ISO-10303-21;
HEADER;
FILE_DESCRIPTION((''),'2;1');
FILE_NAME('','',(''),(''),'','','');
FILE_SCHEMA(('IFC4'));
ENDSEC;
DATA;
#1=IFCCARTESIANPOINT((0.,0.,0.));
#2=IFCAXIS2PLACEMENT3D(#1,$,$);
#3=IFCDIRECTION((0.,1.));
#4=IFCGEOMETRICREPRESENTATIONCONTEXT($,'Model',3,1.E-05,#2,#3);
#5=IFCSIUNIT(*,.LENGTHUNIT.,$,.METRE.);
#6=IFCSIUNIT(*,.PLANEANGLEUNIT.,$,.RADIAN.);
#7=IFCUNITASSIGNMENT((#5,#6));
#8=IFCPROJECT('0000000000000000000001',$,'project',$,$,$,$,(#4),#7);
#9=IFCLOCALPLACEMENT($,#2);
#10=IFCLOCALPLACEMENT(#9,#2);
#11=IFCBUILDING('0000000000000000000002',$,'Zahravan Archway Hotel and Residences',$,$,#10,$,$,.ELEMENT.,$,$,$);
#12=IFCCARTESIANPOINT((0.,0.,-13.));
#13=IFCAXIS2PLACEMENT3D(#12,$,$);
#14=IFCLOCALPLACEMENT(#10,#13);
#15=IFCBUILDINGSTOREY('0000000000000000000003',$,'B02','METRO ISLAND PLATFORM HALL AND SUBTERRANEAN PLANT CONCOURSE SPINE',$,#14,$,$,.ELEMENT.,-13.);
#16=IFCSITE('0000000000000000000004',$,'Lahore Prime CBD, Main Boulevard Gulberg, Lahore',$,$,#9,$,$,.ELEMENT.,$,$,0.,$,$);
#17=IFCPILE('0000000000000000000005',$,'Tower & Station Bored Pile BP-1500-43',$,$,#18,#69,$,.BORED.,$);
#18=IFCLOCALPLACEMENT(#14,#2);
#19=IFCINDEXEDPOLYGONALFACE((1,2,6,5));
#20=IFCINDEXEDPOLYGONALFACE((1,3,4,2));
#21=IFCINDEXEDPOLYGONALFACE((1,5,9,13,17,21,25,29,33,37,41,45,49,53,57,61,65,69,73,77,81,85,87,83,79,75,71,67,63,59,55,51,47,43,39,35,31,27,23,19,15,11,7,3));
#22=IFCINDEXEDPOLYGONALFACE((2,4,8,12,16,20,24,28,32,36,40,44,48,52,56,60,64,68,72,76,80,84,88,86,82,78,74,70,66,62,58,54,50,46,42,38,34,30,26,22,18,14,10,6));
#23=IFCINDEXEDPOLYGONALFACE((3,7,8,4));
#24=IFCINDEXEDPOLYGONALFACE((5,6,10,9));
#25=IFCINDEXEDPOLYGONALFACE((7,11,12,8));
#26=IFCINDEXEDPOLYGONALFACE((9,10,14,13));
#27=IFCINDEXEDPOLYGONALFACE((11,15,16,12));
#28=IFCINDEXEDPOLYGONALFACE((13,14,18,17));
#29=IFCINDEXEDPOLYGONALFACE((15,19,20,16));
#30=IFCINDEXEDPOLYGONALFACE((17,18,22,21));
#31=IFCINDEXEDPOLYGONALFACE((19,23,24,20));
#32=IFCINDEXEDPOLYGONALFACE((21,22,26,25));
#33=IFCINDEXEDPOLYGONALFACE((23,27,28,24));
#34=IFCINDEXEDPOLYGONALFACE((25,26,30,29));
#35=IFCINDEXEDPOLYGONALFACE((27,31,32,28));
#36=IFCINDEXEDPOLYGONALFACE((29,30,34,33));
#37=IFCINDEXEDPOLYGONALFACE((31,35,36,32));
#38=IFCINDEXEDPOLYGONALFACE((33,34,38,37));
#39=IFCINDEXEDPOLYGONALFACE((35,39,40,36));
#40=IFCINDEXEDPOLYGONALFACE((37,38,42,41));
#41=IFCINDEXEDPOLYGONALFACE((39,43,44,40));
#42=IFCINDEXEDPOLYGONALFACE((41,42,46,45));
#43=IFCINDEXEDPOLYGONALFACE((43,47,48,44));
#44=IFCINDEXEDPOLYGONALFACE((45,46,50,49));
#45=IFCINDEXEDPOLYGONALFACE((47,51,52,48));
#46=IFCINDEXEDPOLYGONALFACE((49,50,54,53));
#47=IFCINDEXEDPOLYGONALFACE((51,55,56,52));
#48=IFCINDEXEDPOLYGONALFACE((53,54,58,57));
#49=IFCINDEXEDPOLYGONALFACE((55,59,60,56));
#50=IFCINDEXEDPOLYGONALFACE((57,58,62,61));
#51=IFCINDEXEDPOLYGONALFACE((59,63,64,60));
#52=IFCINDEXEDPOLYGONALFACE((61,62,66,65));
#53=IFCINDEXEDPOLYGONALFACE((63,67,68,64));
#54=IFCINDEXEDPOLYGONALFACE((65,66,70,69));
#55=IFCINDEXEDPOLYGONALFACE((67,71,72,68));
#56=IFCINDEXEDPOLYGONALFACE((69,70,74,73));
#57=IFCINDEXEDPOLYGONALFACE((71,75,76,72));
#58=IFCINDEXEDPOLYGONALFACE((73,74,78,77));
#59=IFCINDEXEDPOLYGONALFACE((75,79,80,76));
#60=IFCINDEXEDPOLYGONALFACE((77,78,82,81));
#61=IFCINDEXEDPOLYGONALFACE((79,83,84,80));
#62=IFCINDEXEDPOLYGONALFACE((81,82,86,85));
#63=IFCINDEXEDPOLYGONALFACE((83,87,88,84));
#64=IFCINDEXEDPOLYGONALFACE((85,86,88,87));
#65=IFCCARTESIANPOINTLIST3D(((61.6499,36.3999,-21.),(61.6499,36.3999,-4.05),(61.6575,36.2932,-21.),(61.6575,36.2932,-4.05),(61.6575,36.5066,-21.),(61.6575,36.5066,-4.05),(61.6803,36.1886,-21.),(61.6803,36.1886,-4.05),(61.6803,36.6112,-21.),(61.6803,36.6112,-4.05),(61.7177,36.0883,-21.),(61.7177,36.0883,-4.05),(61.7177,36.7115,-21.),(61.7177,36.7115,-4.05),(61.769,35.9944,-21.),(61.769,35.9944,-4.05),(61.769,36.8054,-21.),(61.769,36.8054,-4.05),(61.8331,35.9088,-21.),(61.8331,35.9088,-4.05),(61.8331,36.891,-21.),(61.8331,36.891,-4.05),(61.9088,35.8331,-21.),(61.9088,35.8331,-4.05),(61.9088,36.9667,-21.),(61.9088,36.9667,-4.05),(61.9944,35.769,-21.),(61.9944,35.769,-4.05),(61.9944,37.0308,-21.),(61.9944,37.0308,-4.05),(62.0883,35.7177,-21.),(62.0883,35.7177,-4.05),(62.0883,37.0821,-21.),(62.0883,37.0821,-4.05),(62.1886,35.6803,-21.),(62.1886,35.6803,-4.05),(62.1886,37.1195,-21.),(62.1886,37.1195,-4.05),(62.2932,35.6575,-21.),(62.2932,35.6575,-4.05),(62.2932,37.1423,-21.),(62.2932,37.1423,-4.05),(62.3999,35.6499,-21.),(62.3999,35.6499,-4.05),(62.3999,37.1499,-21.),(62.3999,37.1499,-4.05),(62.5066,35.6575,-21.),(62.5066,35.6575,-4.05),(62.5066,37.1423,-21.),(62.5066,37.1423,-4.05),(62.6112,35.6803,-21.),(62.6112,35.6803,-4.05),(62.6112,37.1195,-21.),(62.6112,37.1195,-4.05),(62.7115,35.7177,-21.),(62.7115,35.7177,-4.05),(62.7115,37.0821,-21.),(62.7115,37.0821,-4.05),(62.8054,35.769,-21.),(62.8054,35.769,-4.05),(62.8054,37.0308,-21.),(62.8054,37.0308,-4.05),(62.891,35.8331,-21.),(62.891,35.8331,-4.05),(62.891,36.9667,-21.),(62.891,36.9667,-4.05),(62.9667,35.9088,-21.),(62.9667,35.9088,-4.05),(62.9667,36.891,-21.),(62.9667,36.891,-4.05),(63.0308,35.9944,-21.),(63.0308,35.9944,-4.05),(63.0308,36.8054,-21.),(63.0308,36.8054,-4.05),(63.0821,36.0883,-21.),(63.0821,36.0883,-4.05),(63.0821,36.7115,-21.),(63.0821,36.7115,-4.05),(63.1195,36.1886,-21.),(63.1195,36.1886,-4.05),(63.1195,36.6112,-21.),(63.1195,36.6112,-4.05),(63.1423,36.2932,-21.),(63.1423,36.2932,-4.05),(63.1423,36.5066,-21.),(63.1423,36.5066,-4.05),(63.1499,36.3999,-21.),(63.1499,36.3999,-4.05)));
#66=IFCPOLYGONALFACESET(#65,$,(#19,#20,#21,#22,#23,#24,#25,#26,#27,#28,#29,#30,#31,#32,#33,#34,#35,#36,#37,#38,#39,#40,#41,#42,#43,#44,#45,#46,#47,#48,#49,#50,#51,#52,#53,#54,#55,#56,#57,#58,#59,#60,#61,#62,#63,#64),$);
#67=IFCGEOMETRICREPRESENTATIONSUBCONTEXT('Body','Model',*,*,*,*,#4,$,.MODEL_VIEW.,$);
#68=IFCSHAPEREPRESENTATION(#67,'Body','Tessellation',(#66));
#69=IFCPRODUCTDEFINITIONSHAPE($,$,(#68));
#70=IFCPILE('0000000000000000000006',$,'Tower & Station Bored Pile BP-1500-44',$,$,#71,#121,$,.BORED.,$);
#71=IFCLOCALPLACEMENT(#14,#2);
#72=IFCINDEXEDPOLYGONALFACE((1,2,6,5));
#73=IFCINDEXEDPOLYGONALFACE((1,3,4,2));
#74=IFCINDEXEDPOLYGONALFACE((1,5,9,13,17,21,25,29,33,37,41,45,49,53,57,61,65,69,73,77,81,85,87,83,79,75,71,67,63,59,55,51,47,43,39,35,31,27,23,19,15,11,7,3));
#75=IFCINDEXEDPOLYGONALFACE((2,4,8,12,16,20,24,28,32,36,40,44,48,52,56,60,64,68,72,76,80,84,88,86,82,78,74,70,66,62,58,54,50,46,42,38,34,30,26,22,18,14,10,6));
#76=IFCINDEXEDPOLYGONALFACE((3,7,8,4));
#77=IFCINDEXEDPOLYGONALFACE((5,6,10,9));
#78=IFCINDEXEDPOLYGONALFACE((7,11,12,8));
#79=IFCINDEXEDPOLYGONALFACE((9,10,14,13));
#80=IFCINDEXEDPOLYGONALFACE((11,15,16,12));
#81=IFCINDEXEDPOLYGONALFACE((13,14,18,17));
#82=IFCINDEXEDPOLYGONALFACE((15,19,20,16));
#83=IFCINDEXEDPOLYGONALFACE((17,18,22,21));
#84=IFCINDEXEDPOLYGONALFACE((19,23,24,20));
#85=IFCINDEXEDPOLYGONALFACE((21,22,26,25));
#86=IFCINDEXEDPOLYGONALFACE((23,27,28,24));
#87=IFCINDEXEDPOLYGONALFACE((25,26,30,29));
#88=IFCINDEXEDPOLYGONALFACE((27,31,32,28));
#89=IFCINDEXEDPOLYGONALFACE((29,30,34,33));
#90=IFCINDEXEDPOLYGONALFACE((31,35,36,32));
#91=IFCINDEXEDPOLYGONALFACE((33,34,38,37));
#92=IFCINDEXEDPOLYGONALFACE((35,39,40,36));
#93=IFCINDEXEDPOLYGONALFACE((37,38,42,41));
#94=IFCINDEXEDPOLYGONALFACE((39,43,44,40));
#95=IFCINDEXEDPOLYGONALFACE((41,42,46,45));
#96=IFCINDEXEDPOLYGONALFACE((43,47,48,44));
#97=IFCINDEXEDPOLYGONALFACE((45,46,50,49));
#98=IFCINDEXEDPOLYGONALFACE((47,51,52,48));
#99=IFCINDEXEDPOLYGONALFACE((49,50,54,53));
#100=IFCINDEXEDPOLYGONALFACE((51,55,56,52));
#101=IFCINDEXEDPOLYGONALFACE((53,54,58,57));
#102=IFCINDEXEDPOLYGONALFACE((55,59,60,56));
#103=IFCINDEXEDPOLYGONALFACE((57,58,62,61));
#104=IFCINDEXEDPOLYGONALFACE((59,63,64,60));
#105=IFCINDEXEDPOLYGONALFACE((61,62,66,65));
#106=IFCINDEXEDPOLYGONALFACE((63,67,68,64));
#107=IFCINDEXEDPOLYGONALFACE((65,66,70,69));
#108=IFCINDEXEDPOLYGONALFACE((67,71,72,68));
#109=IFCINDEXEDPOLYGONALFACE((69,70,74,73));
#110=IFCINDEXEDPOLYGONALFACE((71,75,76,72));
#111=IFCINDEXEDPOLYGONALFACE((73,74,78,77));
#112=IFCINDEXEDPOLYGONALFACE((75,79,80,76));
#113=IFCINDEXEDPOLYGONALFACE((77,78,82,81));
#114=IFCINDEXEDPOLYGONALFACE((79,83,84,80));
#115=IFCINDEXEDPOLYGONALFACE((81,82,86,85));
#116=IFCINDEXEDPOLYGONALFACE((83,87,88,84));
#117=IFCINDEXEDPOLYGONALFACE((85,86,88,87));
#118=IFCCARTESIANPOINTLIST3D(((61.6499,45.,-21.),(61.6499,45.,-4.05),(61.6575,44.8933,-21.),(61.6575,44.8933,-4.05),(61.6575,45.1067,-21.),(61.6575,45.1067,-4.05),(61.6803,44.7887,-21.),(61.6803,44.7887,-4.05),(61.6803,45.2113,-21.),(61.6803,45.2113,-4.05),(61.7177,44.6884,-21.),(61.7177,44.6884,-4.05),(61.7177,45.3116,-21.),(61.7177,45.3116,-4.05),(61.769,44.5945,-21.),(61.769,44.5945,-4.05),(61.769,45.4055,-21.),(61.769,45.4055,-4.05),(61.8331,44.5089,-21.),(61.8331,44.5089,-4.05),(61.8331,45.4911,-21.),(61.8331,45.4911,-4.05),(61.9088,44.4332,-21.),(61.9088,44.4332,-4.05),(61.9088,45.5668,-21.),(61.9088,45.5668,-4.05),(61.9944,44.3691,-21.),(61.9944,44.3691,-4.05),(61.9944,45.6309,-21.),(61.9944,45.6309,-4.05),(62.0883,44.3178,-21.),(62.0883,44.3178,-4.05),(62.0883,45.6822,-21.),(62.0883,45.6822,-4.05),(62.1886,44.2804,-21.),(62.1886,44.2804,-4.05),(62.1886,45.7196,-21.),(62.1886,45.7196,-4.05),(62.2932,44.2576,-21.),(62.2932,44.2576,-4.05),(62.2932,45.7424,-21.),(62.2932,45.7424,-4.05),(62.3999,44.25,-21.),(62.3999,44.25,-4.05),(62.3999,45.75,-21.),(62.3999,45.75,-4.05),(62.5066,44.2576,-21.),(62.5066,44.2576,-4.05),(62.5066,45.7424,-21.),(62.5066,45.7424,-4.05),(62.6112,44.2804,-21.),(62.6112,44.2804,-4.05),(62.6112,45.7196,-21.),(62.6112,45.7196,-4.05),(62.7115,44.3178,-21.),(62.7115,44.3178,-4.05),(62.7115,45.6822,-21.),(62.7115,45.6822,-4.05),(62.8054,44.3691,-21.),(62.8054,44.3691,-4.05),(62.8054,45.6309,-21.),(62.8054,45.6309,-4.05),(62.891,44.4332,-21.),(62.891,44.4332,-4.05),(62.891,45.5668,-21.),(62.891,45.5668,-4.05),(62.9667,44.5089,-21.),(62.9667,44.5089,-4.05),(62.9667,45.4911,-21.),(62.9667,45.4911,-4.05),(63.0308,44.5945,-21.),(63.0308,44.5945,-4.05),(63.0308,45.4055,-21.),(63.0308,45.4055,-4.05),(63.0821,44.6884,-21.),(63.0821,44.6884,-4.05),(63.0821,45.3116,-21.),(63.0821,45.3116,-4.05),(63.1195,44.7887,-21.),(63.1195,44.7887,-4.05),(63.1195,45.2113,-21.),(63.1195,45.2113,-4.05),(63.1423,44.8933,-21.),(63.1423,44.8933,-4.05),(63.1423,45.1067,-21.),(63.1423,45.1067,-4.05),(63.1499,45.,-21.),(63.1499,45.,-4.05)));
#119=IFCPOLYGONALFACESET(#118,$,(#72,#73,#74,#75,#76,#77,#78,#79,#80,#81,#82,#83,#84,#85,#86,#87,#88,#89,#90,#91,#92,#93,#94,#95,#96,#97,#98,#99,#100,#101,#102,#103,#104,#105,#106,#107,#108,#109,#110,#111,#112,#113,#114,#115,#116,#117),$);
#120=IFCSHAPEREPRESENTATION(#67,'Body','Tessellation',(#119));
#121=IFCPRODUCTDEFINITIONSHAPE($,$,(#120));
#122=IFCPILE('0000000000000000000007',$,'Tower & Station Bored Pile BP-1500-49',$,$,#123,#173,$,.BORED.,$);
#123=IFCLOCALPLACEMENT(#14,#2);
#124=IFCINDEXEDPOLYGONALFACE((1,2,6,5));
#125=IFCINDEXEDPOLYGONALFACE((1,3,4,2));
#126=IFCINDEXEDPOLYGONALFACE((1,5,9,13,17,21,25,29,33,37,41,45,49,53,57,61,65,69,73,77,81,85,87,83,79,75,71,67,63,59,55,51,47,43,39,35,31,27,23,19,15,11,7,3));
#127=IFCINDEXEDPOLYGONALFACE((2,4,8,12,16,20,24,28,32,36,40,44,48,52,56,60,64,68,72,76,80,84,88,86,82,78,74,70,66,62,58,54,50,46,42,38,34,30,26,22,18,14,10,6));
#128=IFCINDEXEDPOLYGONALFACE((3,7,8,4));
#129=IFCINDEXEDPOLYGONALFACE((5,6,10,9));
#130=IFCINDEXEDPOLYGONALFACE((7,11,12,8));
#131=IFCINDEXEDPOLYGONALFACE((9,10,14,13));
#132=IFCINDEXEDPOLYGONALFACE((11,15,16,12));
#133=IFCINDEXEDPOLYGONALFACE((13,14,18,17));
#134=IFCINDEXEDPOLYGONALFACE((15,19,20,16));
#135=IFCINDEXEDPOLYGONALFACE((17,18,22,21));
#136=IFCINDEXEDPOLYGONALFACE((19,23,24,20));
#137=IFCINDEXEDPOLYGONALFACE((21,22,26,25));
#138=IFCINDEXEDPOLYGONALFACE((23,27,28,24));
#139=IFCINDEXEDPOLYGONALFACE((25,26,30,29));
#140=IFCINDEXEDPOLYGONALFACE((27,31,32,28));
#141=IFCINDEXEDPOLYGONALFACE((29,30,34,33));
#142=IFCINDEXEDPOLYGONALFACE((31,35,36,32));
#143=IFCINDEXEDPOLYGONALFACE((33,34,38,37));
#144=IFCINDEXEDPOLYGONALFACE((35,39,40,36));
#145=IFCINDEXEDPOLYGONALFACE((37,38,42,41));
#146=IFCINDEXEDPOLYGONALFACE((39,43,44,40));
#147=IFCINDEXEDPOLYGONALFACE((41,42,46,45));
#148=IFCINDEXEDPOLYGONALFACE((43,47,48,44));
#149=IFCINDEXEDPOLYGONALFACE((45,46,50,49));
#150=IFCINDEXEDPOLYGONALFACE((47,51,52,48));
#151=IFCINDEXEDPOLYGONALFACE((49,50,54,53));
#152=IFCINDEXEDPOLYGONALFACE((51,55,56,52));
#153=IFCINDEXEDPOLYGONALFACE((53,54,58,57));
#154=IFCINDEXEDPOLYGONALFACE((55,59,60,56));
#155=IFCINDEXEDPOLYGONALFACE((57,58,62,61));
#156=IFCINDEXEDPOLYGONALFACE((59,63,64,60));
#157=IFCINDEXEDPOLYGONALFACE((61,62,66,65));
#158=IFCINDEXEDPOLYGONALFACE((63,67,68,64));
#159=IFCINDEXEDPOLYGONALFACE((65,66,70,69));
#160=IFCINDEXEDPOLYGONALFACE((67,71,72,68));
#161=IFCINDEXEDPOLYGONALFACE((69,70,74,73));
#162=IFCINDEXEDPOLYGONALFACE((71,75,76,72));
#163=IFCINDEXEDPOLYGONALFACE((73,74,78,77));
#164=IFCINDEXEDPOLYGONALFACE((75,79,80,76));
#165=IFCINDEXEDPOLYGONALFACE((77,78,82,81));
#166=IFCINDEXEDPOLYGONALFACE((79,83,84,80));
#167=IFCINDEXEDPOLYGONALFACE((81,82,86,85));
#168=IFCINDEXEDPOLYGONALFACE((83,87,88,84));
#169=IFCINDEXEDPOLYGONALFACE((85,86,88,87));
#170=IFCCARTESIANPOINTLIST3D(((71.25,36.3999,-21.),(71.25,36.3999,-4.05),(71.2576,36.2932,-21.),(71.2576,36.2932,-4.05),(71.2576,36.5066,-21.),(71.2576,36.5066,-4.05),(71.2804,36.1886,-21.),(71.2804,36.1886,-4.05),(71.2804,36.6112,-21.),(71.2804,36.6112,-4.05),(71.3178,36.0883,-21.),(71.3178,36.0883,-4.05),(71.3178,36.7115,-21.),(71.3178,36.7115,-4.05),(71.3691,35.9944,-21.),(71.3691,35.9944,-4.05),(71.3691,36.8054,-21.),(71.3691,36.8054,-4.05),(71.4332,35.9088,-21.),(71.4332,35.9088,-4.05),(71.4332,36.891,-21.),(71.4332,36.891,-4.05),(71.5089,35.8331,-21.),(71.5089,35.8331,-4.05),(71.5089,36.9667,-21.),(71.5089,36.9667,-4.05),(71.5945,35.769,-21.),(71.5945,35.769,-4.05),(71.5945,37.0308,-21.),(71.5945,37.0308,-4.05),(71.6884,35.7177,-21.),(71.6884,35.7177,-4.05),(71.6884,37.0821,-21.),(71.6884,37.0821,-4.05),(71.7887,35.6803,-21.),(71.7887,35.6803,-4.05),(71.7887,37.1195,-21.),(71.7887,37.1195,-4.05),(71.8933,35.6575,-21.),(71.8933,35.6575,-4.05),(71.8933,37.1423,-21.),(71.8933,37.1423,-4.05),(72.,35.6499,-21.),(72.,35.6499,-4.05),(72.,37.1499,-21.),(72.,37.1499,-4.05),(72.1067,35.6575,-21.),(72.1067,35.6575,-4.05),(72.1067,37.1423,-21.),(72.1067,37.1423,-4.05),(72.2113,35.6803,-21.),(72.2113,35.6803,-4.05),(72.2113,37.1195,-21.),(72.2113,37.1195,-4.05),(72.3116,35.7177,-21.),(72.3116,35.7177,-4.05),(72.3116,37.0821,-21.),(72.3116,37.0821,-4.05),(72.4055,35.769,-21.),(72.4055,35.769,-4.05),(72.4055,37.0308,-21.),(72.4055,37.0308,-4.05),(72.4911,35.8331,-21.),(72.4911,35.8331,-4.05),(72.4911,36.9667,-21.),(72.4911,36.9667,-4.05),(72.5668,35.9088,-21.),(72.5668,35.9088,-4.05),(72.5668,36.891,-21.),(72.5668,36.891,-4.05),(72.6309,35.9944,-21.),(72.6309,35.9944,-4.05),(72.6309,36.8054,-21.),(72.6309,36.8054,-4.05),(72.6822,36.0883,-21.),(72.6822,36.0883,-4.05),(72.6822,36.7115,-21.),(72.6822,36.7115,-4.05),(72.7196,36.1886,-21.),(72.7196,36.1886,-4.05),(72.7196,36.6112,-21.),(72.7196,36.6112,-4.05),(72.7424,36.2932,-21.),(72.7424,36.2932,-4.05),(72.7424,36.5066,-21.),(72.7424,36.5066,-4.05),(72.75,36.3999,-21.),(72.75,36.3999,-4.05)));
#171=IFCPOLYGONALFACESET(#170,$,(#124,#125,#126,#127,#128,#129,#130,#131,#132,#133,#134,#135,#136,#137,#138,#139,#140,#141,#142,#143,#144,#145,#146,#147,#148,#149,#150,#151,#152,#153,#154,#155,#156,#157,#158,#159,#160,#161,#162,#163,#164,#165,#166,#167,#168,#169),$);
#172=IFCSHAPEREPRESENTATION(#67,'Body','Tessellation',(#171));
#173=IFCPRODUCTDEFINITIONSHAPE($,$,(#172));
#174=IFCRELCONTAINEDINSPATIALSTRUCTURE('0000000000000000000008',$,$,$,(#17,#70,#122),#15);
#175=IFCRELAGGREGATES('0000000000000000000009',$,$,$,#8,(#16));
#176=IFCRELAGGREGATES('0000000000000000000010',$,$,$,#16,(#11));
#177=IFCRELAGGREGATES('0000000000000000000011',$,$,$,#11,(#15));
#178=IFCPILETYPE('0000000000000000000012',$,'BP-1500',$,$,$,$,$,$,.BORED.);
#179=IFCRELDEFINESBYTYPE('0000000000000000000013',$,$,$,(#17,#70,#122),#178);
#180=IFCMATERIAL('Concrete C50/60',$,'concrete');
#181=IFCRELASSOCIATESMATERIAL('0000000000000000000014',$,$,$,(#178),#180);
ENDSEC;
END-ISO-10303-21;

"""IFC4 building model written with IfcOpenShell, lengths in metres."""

from ifc_helpers import new_model, si_unit, direction, frame, origin, origin_2d, place, context, subcontext, project, spatial, circle, extrude, source, transform, mapped, material, material_profile, profile_set, type_object, type_shapes, element, save


model = new_model("IFC4")

# Units and contexts
model_context = context("Model", 3, precision=1e-05, world=origin(), true_north=direction((0.0, 1.0)))
body_context = subcontext(model_context, "Body", "Model", "MODEL_VIEW")
ifc_project = project(units=[si_unit("LENGTHUNIT", "METRE"), si_unit("PLANEANGLEUNIT", "RADIAN")], contexts=[model_context])

# Site, building, storey
site_placement = place(None, origin())
site = spatial("IfcSite", under=ifc_project, at=site_placement, Name="Lahore Prime CBD, Main Boulevard Gulberg, Lahore", CompositionType="ELEMENT", RefElevation=0.0)
building_placement = place(site_placement, origin())
building = spatial("IfcBuilding", under=site, at=building_placement, Name="Zahravan Archway Hotel and Residences", CompositionType="ELEMENT")
storey_placement = place(building_placement, frame((0.0, 0.0, -13.0)))
storey = spatial("IfcBuildingStorey", under=building, at=storey_placement, Name="B02", Description="METRO ISLAND PLATFORM HALL AND SUBTERRANEAN PLANT CONCOURSE SPINE", CompositionType="ELEMENT", Elevation=-13.0)

# Piles
ifc_material_1 = material(Name="Concrete C50/60", Category="concrete")
ifc_material_profile_1 = material_profile(ifc_material_1, circle(Radius=0.75, at=origin_2d()), Name="PILE D1500", Category="concrete")
ifc_profile_set_1 = profile_set([ifc_material_profile_1], Name="Concrete C50/60")
pile_type = type_object("IfcPileType", Name="BP-1500", PredefinedType="BORED", material=ifc_profile_set_1)
shared_shape_1 = source(origin(), body_context, "Body", "SweptSolid", [
    extrude(circle(Radius=0.75, at=origin_2d()), origin(), (0.0, 0.0, 1.0), 16.95),
])
type_shapes(pile_type, [shared_shape_1])
for number, where, z_axis, x_axis, name in (
    (1, (62.3999, 36.3999, -4.05), (0.0, 0.0, -1.0), (1.0, 0.0, 0.0), "Tower & Station Bored Pile BP-1500-43"),
    (2, (62.3999, 45.0, -4.05), (0.0, 0.0, -1.0), (1.0, 0.0, 0.0), "Tower & Station Bored Pile BP-1500-44"),
    (3, (72.0, 36.3999, -4.05), (0.0, 0.0, -1.0), (1.0, 0.0, 0.0), "Tower & Station Bored Pile BP-1500-49"),
):
    element("IfcPile", number, at=place(storey_placement, frame(where, z_axis=z_axis, x_axis=x_axis)), inside=storey, type_object=pile_type, Name=name, PredefinedType="BORED", context=body_context, shape_type="MappedRepresentation", body=[
        mapped(shared_shape_1, transform((0.0, 0.0, 0.0), scale=1.0)),
    ])

save(model, "model.ifc")
